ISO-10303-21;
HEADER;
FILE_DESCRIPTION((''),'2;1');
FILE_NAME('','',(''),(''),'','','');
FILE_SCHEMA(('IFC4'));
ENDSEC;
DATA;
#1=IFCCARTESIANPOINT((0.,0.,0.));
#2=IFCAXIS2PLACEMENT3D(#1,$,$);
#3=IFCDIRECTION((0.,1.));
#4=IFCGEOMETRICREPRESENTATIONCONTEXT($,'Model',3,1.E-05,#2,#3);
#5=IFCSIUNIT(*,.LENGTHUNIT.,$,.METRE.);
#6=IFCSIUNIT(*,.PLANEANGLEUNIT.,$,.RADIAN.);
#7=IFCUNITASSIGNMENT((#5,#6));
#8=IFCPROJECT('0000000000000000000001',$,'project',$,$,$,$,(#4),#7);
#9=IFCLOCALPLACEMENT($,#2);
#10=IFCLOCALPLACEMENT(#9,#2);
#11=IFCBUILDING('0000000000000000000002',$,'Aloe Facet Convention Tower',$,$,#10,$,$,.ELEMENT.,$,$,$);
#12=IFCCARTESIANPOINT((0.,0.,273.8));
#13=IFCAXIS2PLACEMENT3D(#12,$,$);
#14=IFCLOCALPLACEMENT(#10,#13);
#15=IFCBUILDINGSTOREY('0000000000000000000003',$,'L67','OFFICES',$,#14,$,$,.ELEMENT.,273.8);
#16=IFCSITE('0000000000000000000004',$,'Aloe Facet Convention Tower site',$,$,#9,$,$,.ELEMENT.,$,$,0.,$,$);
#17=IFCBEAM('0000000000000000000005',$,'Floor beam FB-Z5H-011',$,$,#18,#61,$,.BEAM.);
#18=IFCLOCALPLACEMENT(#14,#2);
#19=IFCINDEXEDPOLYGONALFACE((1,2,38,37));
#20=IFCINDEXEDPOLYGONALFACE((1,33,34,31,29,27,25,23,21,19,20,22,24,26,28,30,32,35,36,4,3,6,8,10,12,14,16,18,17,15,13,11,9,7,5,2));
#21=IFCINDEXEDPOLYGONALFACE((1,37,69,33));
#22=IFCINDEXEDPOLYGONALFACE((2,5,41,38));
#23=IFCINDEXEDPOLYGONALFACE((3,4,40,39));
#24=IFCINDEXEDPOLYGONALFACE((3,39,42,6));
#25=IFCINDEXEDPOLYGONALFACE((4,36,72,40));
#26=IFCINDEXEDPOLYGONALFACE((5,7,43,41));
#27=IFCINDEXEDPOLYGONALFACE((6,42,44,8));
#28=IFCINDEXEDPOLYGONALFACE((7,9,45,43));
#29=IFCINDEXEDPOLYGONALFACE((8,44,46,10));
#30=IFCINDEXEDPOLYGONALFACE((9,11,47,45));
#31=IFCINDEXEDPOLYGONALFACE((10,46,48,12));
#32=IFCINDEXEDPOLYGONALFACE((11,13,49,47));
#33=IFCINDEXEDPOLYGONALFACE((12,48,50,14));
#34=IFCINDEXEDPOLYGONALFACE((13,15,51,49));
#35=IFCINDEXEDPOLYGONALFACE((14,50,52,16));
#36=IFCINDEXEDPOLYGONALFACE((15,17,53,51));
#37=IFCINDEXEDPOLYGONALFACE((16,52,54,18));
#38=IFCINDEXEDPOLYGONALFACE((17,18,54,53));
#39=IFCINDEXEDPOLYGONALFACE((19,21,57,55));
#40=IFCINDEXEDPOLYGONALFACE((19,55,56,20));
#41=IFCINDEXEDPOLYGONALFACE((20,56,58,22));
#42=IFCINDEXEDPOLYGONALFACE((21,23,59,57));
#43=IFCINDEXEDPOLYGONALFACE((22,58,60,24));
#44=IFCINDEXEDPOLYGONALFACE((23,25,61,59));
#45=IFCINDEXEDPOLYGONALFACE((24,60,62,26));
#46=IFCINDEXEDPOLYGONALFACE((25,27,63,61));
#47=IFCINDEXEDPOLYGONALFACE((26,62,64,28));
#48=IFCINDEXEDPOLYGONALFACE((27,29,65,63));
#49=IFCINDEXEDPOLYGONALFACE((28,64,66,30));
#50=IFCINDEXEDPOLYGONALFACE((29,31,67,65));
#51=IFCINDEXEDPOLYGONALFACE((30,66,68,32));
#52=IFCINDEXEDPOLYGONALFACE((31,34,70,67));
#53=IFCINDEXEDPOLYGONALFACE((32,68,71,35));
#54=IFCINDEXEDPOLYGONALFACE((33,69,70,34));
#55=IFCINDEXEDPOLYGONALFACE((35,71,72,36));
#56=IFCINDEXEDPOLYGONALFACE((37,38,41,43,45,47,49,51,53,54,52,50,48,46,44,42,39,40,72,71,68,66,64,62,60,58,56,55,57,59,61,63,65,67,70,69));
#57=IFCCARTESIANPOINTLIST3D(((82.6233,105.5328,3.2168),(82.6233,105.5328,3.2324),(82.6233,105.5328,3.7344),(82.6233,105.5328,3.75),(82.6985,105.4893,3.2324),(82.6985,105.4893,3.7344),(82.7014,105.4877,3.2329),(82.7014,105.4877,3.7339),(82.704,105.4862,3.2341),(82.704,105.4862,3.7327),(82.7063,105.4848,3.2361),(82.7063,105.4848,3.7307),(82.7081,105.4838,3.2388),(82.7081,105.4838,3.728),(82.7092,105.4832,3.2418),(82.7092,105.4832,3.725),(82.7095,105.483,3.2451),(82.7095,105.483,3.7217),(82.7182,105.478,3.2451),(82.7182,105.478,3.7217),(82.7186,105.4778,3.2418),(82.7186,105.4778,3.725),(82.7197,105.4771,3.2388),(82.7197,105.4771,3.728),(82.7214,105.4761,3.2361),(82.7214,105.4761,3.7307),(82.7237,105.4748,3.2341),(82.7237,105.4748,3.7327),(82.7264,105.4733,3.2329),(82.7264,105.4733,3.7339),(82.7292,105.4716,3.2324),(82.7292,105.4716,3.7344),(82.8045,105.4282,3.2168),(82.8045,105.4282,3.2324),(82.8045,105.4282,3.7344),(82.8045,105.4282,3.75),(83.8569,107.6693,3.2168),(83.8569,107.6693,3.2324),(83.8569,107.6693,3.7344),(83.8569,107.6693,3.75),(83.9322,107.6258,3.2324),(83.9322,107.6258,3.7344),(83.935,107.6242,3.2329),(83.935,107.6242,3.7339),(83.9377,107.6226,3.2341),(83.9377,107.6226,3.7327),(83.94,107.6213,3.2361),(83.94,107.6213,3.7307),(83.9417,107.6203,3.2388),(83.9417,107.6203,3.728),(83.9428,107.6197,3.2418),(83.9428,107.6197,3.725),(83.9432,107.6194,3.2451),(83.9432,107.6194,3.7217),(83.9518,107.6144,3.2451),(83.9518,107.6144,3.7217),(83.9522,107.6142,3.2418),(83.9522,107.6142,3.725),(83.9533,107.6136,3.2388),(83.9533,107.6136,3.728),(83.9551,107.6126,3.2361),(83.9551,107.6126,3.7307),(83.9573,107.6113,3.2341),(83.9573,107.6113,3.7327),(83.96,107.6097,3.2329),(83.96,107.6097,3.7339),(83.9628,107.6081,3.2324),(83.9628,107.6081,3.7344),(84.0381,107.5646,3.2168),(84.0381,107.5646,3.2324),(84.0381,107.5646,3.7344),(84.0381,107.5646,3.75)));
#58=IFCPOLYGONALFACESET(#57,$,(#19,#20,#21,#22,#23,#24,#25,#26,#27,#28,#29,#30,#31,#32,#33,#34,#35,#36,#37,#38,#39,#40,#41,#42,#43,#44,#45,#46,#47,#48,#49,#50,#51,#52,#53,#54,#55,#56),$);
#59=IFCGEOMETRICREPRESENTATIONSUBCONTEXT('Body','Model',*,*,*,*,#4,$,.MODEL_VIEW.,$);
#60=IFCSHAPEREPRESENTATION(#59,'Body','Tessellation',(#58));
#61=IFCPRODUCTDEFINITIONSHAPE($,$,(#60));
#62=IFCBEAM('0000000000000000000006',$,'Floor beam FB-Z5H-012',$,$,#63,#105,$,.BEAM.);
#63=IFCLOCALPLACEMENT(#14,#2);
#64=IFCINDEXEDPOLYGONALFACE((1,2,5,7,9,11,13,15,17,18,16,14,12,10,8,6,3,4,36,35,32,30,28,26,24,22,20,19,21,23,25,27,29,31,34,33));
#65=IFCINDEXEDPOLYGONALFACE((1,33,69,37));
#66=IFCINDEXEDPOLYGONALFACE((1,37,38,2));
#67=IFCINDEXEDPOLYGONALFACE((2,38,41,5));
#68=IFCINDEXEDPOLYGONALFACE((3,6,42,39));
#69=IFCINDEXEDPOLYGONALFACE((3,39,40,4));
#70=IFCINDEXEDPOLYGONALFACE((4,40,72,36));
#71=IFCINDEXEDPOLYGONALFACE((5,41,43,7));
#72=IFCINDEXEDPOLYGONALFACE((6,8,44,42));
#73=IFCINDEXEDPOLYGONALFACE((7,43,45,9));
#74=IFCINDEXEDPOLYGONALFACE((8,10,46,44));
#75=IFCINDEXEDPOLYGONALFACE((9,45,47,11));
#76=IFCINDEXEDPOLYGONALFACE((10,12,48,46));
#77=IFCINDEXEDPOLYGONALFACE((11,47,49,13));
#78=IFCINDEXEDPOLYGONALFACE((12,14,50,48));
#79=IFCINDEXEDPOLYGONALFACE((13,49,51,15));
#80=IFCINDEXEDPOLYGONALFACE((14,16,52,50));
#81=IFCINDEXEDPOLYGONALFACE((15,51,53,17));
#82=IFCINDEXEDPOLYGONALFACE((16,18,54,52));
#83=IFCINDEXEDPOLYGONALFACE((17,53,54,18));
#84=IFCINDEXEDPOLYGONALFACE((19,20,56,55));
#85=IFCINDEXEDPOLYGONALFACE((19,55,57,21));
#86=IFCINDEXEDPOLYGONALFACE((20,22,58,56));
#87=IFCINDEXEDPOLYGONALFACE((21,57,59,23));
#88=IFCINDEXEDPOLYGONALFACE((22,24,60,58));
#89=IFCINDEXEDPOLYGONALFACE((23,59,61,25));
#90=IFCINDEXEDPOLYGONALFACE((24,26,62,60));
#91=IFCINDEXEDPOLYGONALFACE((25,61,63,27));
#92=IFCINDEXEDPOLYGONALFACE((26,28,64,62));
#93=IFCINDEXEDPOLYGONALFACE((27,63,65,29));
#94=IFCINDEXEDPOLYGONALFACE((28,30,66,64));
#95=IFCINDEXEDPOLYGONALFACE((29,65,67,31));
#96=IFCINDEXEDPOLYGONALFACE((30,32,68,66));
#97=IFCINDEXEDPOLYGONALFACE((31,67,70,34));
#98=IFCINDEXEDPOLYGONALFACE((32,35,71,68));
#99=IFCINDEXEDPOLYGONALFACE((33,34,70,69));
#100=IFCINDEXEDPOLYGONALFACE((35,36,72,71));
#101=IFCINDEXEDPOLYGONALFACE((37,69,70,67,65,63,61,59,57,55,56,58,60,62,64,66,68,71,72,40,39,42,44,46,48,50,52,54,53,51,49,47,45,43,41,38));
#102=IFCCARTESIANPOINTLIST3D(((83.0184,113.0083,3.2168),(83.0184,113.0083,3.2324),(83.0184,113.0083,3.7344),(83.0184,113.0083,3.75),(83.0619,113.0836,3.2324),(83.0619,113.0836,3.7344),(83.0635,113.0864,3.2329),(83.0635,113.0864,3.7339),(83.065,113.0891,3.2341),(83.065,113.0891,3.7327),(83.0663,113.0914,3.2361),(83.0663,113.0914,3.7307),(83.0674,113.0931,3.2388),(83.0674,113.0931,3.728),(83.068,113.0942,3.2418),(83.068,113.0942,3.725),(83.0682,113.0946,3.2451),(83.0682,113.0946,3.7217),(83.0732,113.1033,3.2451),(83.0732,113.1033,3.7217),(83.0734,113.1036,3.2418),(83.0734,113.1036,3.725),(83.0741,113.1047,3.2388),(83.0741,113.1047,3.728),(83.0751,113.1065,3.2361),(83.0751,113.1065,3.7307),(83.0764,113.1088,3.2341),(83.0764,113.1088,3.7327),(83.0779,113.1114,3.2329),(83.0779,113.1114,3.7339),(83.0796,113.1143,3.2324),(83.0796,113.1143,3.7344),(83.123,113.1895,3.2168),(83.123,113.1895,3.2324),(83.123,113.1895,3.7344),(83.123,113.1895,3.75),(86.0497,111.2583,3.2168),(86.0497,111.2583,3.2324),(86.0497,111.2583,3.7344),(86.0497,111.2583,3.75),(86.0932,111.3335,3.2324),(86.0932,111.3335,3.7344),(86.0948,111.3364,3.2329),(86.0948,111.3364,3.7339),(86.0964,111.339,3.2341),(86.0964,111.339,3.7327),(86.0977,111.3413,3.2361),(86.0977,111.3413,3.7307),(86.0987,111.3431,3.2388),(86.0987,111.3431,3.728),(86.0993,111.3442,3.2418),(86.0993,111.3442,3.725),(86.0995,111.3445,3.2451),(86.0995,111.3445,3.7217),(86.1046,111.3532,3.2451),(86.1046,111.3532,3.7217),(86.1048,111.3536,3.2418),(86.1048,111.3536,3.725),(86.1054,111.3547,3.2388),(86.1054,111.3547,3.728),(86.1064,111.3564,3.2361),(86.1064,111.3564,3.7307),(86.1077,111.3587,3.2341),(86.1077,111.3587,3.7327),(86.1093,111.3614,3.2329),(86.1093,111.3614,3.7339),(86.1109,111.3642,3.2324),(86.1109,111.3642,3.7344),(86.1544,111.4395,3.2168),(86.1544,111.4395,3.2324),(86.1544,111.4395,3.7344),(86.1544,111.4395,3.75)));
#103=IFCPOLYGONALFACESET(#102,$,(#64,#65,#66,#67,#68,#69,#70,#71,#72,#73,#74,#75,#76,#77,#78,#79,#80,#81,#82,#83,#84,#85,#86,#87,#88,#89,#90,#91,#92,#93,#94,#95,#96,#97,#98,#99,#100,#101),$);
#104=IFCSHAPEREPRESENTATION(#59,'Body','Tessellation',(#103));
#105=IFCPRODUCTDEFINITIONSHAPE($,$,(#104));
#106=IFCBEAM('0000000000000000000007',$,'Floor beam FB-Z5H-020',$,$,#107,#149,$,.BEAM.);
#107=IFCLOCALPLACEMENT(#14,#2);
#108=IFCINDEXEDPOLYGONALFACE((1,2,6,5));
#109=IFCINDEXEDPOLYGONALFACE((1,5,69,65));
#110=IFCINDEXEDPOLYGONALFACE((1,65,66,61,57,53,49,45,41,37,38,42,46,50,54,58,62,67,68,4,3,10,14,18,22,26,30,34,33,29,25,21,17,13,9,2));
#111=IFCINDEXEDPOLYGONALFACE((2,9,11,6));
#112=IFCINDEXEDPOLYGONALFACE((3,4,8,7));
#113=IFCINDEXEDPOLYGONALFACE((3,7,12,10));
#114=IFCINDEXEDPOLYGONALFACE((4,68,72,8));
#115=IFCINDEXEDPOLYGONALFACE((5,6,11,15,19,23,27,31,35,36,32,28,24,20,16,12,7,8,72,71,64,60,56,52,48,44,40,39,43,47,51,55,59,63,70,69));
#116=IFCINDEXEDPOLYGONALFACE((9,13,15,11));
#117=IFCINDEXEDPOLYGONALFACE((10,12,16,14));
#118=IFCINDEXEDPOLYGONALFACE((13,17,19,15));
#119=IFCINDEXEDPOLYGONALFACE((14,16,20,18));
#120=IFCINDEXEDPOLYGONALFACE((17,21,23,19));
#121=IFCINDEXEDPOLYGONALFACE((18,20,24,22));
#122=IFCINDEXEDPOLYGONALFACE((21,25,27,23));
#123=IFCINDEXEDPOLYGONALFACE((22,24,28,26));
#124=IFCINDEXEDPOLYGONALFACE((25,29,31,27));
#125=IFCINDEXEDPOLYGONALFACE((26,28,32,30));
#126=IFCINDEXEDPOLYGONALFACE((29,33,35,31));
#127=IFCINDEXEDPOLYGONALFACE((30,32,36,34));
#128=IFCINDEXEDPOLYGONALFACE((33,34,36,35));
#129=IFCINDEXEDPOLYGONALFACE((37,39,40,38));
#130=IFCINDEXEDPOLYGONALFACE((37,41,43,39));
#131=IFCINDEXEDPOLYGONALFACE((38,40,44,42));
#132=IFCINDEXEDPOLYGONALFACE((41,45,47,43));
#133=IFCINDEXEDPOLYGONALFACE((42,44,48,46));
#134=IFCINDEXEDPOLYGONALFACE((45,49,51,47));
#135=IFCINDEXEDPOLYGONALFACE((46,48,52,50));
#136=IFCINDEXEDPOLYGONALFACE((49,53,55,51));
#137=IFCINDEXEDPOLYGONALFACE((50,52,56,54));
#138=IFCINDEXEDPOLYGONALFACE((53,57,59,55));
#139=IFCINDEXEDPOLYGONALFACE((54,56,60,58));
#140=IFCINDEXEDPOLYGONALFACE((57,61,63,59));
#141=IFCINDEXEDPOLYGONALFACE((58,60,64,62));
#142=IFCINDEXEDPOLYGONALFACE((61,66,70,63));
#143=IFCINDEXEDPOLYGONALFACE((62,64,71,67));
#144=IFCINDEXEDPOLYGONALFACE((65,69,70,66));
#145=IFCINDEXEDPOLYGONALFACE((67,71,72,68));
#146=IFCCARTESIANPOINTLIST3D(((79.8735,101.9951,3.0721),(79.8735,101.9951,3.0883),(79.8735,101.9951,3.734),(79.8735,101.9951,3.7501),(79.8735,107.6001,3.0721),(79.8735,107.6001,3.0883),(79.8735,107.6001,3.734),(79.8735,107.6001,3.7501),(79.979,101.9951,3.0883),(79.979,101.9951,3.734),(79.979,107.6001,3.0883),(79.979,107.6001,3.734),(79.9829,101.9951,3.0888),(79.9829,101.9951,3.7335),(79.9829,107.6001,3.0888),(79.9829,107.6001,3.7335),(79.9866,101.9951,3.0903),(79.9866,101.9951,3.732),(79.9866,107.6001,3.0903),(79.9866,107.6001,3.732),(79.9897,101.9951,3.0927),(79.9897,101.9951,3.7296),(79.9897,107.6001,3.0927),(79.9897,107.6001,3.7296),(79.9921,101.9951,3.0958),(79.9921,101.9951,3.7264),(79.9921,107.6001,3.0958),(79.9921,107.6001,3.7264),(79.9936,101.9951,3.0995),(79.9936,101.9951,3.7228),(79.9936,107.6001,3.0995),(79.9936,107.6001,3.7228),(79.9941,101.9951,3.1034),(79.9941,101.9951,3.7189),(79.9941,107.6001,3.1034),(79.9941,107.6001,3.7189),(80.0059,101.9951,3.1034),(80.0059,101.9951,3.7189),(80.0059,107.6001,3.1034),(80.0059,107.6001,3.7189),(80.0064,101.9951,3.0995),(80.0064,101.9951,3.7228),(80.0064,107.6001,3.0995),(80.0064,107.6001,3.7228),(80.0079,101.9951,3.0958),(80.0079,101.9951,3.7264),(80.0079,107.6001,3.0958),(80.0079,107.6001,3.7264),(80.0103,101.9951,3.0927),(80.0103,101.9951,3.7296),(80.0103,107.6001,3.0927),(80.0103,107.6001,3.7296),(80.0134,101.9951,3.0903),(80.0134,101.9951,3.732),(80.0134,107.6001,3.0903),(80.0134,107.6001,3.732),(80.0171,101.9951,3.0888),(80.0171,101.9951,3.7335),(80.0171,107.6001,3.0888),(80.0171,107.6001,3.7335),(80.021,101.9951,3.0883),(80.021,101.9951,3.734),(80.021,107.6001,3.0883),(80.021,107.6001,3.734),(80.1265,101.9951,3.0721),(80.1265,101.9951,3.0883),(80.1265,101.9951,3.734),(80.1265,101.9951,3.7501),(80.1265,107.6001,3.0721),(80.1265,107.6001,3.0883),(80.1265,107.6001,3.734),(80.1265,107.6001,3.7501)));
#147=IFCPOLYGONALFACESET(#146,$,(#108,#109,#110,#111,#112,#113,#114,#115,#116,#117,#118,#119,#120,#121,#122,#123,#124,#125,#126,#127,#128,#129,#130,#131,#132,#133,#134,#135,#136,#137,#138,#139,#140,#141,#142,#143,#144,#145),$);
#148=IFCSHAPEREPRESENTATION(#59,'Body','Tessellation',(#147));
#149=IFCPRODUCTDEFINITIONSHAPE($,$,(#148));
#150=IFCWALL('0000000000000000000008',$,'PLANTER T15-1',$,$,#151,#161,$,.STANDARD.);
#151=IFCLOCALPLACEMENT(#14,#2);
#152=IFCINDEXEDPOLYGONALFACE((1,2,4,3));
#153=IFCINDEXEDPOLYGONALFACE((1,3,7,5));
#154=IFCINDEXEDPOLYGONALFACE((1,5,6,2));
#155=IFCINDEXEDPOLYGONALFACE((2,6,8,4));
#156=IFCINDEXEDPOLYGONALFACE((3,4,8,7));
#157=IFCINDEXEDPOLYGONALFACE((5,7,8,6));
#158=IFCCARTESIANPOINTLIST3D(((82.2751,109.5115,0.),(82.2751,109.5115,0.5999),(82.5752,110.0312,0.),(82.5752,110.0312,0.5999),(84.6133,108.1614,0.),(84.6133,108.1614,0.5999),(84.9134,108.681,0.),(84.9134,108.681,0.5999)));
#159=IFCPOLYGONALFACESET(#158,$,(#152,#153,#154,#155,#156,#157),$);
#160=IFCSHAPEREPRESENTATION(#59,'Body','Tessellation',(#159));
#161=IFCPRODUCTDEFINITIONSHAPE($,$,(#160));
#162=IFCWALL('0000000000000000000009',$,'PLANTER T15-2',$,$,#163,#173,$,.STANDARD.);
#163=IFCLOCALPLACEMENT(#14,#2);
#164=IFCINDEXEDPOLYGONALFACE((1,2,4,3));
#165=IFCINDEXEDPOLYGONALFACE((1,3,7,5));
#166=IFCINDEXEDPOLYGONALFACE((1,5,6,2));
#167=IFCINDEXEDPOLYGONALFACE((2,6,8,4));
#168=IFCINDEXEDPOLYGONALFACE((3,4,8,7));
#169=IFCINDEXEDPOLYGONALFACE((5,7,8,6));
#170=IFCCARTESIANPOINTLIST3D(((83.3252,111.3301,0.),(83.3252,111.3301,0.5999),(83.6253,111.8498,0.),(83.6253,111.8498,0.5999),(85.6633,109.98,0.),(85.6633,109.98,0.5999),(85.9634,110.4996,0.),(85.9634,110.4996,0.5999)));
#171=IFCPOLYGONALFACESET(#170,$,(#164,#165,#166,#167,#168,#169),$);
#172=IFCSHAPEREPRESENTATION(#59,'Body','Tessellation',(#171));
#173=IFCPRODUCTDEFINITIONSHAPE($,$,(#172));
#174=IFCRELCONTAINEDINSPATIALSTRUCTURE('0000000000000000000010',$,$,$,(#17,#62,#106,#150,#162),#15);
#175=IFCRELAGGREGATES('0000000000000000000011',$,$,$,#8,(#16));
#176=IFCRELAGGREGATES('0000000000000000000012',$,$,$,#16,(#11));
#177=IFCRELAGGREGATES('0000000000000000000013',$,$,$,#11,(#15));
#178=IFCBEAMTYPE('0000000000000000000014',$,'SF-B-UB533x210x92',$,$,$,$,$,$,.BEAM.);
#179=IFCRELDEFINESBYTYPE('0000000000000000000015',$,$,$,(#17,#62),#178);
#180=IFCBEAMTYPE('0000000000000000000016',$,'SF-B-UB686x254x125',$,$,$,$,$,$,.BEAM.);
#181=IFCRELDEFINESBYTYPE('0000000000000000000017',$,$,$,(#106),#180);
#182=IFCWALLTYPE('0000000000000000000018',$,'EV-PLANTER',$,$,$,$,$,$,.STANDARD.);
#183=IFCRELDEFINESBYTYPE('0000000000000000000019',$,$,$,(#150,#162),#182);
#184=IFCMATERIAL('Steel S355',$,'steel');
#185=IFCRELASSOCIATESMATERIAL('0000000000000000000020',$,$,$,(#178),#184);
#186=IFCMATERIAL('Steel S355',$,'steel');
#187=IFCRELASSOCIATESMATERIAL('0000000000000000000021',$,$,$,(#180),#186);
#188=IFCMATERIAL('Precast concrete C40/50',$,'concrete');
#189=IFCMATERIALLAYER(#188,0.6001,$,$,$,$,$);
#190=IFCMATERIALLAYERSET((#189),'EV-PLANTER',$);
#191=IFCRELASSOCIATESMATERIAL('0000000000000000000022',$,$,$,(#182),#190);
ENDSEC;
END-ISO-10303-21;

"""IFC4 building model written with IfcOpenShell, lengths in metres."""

from ifc_helpers import new_model, si_unit, direction, frame, frame_2d, origin, origin_2d, place, context, subcontext, project, spatial, rectangle, i_section, extrude, material, layer, layer_set, material_profile, profile_set, type_object, element, save


model = new_model("IFC4")

# Units and contexts
model_context = context("Model", 3, precision=1e-05, world=origin(), true_north=direction((0.0, 1.0)))
body_context = subcontext(model_context, "Body", "Model", "MODEL_VIEW")
ifc_project = project(units=[si_unit("LENGTHUNIT", "METRE"), si_unit("PLANEANGLEUNIT", "RADIAN")], contexts=[model_context])

# Site, building, storey
site_placement = place(None, origin())
site = spatial("IfcSite", under=ifc_project, at=site_placement, Name="Aloe Facet Convention Tower site", CompositionType="ELEMENT", RefElevation=0.0)
building_placement = place(site_placement, origin())
building = spatial("IfcBuilding", under=site, at=building_placement, Name="Aloe Facet Convention Tower", CompositionType="ELEMENT")
storey_placement = place(building_placement, frame((0.0, 0.0, 273.8)))
storey = spatial("IfcBuildingStorey", under=building, at=storey_placement, Name="L67", Description="OFFICES", CompositionType="ELEMENT", Elevation=273.8)

# Beams
ifc_material_1 = material(Name="Steel S355", Category="steel")
ifc_material_profile_1 = material_profile(ifc_material_1, i_section(OverallWidth=0.2092, OverallDepth=0.5332, WebThickness=0.01, FlangeThickness=0.0156, FilletRadius=0.0127, at=origin_2d()), Name="UB 533x210x92")
ifc_profile_set_1 = profile_set([ifc_material_profile_1], Name="Steel S355")
beam_type_1 = type_object("IfcBeamType", Name="SF-B-UB533x210x92", PredefinedType="BEAM", material=ifc_profile_set_1)
beam_1_placement = place(storey_placement, frame((83.9475, 107.6169, 3.4834), z_axis=(-0.500045, -0.865999, 0.0), x_axis=(0.865999, -0.500045, 0.0)))
element("IfcBeam", 1, at=beam_1_placement, inside=storey, type_object=beam_type_1, Name="Floor beam FB-Z5H-011", PredefinedType="BEAM", context=body_context, shape_type="SweptSolid", body=[
    extrude(i_section(OverallWidth=0.2092, OverallDepth=0.5332, WebThickness=0.01, FlangeThickness=0.0156, FilletRadius=0.0127, at=origin_2d()), origin(), (0.0, 0.0, 1.0), 2.467),
])
beam_2_placement = place(storey_placement, frame((86.1021, 111.3489, 3.4834), z_axis=(-0.866037, 0.49998, 0.0), x_axis=(-0.49998, -0.866037, 0.0)))
element("IfcBeam", 2, at=beam_2_placement, inside=storey, type_object=beam_type_1, Name="Floor beam FB-Z5H-012", PredefinedType="BEAM", context=body_context, shape_type="SweptSolid", body=[
    extrude(i_section(OverallWidth=0.2092, OverallDepth=0.5332, WebThickness=0.01, FlangeThickness=0.0156, FilletRadius=0.0127, at=origin_2d()), origin(), (0.0, 0.0, 1.0), 3.5002),
])
ifc_material_2 = material(Name="Steel S355", Category="steel")
ifc_material_profile_2 = material_profile(ifc_material_2, i_section(OverallWidth=0.2529, OverallDepth=0.678, WebThickness=0.0117, FlangeThickness=0.0161, FilletRadius=0.0151, at=origin_2d()), Name="UB 686x254x125")
ifc_profile_set_2 = profile_set([ifc_material_profile_2], Name="Steel S355")
beam_type_2 = type_object("IfcBeamType", Name="SF-B-UB686x254x125", PredefinedType="BEAM", material=ifc_profile_set_2)
beam_3_placement = place(storey_placement, frame((80.0, 107.6001, 3.4111), z_axis=(0.0, -1.0, 0.0), x_axis=(1.0, 0.0, 0.0)))
element("IfcBeam", 3, at=beam_3_placement, inside=storey, type_object=beam_type_2, Name="Floor beam FB-Z5H-020", PredefinedType="BEAM", context=body_context, shape_type="SweptSolid", body=[
    extrude(i_section(OverallWidth=0.2529, OverallDepth=0.678, WebThickness=0.0117, FlangeThickness=0.0161, FilletRadius=0.0151, at=origin_2d()), origin(), (0.0, 0.0, 1.0), 5.605),
])

# Walls
ifc_material_3 = material(Name="Precast concrete C40/50", Category="concrete")
ifc_layer_1 = layer(ifc_material_3, 0.6001)
ifc_layer_set_1 = layer_set([ifc_layer_1], Name="EV-PLANTER")
wall_type_1 = type_object("IfcWallType", Name="EV-PLANTER", PredefinedType="STANDARD", material=ifc_layer_set_1)
for number, where, z_axis, x_axis, name in (
    (4, (84.7634, 108.4211, 0.0), (0.0, 0.0, 1.0), (-0.865997, 0.500049, 0.0), "PLANTER T15-1"),
    (5, (85.8135, 110.2397, 0.0), (0.0, 0.0, 1.0), (-0.865997, 0.500049, 0.0), "PLANTER T15-2"),
):
    element("IfcWall", number, at=place(storey_placement, frame(where, z_axis=z_axis, x_axis=x_axis)), inside=storey, type_object=wall_type_1, Name=name, PredefinedType="STANDARD", context=body_context, shape_type="SweptSolid", body=[
        extrude(rectangle(XDim=2.7, YDim=0.6001, at=frame_2d((1.3501, 0.0))), origin(), (0.0, 0.0, 1.0), 0.5999),
    ])

save(model, "model.ifc")
